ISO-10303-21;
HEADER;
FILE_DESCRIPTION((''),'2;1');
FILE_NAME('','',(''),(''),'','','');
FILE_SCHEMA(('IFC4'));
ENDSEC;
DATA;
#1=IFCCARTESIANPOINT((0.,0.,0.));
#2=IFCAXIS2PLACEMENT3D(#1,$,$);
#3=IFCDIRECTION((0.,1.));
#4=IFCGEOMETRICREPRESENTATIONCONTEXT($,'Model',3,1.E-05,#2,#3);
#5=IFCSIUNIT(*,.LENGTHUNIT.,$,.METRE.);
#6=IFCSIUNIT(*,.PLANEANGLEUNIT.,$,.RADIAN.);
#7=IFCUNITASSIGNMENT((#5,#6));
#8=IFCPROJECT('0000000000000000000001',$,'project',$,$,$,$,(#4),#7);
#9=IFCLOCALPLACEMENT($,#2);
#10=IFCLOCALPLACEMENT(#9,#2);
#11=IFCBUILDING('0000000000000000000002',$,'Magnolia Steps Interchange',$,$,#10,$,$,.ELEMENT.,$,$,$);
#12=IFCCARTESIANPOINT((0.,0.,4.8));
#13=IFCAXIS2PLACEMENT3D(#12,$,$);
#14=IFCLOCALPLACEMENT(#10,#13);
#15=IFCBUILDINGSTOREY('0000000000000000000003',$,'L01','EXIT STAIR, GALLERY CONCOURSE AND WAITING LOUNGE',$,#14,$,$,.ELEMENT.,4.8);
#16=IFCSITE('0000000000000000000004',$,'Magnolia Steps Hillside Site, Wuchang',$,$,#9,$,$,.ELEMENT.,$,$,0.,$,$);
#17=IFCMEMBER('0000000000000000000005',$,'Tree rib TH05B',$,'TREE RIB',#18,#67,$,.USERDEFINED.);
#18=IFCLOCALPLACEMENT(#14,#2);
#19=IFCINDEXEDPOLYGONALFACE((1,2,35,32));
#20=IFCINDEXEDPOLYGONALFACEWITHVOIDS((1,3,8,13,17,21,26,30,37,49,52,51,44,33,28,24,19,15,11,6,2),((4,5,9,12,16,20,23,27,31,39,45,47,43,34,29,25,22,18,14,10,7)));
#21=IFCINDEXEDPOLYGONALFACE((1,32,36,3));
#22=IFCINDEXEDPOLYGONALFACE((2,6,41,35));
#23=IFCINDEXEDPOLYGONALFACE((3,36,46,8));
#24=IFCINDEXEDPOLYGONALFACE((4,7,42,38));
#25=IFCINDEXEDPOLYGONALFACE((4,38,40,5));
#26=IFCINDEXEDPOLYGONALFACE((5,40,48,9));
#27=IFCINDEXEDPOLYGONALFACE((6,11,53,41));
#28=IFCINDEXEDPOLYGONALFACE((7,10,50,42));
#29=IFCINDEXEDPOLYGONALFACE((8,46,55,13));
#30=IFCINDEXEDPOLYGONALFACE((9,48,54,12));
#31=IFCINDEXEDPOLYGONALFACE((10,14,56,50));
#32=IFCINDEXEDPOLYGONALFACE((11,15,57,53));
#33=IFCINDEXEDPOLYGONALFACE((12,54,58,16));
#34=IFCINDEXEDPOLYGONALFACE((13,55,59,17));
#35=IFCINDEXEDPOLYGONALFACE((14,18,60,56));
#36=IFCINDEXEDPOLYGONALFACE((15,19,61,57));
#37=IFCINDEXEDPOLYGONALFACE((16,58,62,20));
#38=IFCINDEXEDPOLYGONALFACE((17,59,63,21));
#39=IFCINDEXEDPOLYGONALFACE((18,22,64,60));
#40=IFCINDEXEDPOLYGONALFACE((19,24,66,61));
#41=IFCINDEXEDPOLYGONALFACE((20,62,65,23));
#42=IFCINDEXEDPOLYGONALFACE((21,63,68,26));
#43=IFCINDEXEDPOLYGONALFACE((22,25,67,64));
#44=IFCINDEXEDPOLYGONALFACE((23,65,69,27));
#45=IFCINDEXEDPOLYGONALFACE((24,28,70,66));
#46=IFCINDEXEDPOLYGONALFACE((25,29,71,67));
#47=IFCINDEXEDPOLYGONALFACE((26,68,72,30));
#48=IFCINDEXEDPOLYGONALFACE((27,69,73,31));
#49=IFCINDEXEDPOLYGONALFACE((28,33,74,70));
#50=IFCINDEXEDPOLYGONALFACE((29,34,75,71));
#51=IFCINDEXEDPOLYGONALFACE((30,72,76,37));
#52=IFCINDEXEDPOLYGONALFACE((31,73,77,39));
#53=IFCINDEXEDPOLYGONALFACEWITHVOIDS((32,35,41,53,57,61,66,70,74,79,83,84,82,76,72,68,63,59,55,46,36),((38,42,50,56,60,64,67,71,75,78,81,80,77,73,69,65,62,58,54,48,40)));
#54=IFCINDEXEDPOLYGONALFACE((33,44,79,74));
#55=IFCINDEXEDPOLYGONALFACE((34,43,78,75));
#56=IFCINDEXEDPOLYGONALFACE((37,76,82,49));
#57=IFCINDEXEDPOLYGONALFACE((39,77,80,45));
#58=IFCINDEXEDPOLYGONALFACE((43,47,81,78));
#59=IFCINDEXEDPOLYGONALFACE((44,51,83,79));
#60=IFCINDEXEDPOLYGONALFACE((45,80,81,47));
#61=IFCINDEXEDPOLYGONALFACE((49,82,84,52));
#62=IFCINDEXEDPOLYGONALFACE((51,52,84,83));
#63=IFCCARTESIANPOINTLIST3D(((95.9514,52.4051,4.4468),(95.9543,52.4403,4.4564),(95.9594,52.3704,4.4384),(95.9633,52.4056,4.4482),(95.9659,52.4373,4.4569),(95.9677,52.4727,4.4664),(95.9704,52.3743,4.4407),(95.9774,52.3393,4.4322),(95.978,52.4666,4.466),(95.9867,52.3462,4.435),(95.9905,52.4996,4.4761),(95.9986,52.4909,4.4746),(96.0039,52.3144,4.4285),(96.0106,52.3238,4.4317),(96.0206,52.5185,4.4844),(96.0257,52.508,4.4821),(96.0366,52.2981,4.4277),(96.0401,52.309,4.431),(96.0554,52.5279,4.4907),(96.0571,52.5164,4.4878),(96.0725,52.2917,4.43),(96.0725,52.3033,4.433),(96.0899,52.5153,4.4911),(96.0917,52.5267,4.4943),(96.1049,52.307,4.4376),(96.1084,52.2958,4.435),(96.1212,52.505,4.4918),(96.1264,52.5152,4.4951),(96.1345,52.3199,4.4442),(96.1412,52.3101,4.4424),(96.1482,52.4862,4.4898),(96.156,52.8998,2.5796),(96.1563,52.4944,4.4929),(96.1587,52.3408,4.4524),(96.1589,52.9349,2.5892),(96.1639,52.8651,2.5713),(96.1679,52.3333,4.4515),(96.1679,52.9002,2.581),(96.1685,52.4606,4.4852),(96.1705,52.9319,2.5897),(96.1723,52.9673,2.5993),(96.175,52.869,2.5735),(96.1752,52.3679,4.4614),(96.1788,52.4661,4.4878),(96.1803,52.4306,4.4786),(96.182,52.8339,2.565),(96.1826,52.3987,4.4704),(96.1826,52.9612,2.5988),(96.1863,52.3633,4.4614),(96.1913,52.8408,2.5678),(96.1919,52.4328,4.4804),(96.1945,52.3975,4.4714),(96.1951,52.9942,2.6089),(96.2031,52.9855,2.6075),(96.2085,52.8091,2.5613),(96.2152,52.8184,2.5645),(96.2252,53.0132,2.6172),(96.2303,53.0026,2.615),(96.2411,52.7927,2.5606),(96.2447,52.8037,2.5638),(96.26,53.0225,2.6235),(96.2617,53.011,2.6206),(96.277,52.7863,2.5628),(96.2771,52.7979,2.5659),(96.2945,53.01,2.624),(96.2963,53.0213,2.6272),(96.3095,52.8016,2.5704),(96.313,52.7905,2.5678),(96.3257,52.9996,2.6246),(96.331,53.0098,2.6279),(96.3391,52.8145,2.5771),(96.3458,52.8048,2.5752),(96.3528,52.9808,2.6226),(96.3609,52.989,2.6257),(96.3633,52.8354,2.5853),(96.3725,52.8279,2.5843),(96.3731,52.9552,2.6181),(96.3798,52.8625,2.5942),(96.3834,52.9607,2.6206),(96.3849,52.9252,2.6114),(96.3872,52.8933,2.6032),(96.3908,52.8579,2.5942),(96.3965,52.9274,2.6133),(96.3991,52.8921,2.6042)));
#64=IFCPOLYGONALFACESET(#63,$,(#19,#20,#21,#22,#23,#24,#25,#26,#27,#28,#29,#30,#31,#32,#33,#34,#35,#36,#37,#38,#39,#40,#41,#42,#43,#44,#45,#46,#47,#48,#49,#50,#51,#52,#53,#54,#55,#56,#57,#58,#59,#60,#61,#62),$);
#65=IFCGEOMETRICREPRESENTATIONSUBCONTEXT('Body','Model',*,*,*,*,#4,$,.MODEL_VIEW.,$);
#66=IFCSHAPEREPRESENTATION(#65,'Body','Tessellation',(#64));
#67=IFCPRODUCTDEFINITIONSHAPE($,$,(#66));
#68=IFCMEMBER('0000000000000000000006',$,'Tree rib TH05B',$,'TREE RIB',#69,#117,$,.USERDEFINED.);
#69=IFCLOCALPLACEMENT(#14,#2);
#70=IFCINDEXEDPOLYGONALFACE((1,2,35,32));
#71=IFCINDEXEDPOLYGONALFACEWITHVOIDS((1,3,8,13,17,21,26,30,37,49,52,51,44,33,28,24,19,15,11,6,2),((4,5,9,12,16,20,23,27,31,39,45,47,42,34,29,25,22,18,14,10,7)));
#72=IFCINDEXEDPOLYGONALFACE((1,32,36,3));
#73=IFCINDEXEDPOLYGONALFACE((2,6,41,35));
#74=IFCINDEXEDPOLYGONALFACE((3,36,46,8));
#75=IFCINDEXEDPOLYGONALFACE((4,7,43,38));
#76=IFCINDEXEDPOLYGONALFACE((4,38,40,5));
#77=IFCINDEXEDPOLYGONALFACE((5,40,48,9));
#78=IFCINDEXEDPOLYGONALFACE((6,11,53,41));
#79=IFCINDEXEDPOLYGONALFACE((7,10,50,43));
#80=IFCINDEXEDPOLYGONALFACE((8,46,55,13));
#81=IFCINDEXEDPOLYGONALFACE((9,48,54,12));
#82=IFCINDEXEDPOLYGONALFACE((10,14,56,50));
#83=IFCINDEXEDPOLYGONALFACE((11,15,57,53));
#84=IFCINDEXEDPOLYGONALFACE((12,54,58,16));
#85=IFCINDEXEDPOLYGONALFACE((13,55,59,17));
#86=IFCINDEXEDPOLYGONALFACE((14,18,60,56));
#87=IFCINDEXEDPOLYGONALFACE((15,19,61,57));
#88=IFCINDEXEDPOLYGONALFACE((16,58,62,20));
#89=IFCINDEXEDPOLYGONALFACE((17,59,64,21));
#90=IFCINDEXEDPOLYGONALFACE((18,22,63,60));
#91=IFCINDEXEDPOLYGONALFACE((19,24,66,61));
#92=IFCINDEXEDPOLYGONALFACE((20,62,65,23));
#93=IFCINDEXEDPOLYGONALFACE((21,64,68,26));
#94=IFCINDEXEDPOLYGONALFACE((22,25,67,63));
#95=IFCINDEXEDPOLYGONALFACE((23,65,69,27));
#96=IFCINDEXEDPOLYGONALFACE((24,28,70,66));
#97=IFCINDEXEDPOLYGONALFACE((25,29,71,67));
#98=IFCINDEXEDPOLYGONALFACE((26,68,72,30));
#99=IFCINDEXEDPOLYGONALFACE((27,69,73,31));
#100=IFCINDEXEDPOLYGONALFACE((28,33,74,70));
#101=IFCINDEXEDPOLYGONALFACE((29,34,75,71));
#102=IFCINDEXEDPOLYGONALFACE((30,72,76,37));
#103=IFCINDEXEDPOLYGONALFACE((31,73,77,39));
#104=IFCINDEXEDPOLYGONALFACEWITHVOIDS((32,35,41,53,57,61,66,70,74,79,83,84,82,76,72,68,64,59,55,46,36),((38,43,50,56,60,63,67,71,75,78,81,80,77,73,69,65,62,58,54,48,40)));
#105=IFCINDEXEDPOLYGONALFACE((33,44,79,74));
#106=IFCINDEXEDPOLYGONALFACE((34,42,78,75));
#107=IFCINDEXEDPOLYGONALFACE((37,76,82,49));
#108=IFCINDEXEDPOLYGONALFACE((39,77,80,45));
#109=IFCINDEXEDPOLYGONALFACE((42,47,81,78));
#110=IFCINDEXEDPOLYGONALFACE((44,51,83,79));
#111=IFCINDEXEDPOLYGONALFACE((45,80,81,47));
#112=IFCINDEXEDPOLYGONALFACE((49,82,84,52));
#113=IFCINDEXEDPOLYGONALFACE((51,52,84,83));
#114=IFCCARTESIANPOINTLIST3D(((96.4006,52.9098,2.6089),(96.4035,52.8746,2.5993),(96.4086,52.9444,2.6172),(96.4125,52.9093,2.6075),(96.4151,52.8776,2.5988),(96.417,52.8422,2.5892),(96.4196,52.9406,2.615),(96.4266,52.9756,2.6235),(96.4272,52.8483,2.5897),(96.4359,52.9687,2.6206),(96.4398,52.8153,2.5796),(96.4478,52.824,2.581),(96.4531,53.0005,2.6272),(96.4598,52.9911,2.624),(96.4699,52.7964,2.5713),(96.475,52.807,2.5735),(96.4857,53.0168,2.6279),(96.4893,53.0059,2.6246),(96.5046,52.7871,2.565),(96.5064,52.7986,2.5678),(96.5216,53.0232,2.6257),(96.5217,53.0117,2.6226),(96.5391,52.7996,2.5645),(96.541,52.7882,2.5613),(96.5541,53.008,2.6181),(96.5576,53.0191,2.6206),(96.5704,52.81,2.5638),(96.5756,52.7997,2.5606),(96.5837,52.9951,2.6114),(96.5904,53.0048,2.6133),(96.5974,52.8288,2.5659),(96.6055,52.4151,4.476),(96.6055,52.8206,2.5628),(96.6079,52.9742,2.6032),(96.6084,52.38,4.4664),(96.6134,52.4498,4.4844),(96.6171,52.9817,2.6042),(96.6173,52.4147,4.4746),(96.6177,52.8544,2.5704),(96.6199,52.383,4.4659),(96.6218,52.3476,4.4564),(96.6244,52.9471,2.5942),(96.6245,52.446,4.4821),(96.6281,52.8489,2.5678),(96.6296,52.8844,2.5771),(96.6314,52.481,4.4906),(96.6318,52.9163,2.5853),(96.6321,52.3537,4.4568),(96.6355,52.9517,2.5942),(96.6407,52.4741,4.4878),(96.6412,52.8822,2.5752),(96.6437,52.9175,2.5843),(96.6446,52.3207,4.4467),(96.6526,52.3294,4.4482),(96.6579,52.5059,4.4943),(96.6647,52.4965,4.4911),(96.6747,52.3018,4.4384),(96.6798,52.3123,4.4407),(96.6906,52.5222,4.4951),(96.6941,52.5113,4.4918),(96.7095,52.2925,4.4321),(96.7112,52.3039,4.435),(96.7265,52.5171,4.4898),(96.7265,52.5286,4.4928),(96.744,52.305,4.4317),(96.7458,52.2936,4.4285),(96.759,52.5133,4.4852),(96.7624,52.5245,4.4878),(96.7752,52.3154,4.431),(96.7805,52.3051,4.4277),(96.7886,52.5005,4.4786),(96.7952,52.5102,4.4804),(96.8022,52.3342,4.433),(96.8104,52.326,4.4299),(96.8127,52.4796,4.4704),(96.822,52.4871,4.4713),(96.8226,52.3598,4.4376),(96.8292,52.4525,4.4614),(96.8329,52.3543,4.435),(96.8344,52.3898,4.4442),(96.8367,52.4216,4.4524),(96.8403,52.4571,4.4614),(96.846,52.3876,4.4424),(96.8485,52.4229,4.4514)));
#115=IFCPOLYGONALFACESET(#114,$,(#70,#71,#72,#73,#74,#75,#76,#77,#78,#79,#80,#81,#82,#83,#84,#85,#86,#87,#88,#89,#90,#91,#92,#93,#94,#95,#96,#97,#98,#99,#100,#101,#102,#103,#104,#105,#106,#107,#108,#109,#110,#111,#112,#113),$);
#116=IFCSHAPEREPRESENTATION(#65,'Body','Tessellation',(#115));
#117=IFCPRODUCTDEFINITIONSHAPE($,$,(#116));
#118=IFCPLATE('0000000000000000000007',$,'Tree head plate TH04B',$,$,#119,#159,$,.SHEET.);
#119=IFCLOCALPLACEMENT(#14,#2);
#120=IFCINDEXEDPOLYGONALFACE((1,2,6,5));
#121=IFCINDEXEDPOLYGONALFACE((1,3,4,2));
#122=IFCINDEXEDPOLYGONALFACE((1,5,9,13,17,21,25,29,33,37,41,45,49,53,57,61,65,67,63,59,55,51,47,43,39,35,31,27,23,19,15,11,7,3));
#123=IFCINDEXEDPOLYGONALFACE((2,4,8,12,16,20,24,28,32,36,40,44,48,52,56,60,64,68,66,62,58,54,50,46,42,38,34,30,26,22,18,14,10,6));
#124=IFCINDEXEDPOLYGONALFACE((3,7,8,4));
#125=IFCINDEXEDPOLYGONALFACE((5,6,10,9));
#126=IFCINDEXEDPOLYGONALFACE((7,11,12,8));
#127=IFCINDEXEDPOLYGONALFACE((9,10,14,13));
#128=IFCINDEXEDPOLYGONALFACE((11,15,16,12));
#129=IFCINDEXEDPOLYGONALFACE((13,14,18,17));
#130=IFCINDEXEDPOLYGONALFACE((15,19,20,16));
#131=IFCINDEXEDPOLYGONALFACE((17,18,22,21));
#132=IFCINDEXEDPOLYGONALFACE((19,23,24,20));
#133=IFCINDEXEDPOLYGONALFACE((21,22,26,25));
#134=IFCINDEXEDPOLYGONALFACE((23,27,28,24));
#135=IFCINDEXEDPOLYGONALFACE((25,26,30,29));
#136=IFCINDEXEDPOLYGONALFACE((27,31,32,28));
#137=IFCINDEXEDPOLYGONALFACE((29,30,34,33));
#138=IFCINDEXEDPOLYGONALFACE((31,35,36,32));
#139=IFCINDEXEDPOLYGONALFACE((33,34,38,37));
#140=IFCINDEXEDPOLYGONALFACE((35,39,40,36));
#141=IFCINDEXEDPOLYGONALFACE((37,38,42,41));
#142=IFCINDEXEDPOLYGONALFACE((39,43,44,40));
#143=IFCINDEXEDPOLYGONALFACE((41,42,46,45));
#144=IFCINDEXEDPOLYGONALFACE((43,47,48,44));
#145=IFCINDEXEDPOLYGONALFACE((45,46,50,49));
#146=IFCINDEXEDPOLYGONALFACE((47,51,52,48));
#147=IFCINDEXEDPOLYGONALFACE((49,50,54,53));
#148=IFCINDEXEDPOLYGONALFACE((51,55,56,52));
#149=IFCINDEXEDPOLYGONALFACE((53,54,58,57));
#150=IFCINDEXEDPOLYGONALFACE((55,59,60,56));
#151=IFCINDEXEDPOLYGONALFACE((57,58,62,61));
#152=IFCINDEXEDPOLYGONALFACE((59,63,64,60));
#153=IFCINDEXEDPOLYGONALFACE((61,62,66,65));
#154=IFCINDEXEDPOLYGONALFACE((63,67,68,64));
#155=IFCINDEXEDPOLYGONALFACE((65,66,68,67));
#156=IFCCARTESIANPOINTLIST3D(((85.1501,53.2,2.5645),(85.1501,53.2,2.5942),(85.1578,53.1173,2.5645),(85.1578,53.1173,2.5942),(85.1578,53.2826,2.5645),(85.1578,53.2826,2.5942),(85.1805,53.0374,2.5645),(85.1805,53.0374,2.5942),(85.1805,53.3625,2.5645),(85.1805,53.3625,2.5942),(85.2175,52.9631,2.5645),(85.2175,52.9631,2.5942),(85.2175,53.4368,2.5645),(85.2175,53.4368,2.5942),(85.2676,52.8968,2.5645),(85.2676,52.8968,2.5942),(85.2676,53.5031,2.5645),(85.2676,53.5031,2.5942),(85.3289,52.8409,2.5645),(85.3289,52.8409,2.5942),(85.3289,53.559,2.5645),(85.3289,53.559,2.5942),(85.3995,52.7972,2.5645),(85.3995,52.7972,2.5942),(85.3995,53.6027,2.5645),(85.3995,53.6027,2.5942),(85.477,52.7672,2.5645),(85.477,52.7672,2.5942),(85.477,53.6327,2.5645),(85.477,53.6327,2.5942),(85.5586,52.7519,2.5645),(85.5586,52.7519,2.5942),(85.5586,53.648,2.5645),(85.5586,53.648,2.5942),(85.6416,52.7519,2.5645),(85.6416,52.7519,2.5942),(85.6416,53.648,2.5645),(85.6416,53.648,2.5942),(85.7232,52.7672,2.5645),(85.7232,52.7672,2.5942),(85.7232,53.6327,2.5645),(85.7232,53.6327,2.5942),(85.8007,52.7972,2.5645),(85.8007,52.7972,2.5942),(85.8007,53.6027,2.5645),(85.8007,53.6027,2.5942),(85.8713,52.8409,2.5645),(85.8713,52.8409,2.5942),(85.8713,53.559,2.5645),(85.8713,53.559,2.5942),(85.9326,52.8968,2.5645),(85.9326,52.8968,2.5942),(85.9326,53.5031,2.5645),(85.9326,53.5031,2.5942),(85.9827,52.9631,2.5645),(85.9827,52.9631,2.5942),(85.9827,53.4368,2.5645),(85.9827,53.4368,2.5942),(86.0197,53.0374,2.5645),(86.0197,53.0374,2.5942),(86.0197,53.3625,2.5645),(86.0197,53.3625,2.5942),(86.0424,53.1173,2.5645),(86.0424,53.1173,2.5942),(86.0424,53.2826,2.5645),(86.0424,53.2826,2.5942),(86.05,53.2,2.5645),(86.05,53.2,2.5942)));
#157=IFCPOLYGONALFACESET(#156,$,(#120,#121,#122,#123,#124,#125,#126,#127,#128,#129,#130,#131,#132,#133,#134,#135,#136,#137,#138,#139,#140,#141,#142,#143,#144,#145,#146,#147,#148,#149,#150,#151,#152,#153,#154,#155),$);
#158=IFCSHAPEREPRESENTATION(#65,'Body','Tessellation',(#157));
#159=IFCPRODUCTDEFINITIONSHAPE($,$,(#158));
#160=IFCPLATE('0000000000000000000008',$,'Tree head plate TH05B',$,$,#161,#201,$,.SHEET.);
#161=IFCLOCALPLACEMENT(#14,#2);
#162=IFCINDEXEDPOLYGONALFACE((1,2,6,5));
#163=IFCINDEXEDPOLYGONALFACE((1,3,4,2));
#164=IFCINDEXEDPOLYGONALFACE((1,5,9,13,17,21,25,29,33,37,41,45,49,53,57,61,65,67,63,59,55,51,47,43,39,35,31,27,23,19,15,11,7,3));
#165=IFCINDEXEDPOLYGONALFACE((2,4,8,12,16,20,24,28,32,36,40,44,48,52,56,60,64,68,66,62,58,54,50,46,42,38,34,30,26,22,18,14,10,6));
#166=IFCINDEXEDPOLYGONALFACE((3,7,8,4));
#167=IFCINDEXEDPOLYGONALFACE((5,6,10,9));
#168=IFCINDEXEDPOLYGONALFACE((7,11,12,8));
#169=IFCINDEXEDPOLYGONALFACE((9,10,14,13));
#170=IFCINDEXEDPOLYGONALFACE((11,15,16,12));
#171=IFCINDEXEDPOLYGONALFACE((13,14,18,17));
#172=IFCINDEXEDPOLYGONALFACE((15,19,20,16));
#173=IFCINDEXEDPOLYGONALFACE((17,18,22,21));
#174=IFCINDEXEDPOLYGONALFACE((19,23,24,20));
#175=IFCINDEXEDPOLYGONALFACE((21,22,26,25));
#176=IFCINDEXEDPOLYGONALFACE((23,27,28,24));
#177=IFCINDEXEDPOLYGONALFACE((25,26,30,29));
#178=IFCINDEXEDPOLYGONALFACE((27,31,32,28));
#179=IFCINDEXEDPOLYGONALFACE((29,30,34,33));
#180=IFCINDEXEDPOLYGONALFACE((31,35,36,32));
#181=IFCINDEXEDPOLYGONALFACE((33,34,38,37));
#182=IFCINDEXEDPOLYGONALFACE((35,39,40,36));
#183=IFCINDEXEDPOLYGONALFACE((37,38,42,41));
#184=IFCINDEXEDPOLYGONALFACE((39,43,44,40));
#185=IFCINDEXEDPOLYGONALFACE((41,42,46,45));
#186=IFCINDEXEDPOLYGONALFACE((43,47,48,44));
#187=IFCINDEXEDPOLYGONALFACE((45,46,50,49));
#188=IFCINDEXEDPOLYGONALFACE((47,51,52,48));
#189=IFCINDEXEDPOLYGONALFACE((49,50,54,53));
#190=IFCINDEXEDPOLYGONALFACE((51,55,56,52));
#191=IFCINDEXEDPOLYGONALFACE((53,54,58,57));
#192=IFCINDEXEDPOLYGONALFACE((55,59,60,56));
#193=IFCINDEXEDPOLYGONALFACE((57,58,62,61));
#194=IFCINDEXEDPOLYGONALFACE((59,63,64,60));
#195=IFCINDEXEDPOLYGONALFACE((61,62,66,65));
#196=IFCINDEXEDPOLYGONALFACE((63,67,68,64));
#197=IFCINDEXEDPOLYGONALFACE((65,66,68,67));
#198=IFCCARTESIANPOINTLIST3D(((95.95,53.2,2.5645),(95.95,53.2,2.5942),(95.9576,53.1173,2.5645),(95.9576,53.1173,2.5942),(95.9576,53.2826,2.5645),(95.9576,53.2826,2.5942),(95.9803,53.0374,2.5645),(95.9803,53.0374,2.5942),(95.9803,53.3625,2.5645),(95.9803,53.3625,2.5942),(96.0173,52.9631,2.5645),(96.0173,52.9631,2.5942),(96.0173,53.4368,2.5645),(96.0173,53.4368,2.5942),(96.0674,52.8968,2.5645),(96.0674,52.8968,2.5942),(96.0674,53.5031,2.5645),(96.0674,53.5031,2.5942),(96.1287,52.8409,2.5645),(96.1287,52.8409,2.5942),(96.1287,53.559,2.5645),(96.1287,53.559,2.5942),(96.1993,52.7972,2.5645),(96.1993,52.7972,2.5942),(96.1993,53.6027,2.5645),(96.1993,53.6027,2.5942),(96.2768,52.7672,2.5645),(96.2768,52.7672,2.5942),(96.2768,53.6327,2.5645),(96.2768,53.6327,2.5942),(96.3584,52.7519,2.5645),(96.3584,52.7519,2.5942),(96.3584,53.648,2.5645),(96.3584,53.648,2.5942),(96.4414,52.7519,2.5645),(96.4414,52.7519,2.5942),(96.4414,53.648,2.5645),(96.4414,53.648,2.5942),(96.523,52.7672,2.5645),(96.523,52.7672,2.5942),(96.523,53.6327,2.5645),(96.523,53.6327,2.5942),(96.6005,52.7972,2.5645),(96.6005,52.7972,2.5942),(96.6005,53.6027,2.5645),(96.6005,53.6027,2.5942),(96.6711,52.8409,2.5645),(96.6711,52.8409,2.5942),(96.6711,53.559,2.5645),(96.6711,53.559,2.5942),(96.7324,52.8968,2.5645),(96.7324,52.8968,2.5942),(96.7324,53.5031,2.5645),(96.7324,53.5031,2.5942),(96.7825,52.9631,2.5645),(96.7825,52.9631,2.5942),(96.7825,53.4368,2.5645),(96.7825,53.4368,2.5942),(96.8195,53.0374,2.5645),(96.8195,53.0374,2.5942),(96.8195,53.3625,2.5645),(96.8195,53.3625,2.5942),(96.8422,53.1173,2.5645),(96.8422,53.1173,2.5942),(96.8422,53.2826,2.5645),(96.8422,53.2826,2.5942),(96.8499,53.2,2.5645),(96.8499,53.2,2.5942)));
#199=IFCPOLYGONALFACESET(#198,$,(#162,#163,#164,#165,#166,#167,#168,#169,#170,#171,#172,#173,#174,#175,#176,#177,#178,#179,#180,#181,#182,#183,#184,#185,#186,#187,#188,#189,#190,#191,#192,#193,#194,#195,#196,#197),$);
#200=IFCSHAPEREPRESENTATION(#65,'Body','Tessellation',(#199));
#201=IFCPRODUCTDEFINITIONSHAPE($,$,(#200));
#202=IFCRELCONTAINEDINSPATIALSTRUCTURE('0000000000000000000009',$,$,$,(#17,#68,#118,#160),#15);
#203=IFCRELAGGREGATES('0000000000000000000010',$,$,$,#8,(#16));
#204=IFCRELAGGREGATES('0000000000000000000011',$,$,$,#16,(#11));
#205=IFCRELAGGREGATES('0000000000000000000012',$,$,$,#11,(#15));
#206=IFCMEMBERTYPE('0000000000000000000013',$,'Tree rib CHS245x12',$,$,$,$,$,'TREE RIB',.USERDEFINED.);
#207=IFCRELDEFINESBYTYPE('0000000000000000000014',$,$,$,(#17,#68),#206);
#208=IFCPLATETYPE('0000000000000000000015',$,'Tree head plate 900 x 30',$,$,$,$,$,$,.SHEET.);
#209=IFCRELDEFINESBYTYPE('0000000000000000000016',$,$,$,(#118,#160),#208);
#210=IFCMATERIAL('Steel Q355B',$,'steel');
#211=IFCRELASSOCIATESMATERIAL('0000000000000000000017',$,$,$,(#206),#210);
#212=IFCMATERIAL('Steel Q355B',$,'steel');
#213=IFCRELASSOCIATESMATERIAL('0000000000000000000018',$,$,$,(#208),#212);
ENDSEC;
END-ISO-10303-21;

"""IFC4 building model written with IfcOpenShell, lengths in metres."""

from ifc_helpers import new_model, si_unit, direction, frame, origin, origin_2d, place, context, subcontext, project, spatial, circle, hollow_circle, extrude, material, material_profile, profile_set, type_object, element, save


model = new_model("IFC4")

# Units and contexts
model_context = context("Model", 3, precision=1e-05, world=origin(), true_north=direction((0.0, 1.0)))
body_context = subcontext(model_context, "Body", "Model", "MODEL_VIEW")
ifc_project = project(units=[si_unit("LENGTHUNIT", "METRE"), si_unit("PLANEANGLEUNIT", "RADIAN")], contexts=[model_context])

# Site, building, storey
site_placement = place(None, origin())
site = spatial("IfcSite", under=ifc_project, at=site_placement, Name="Magnolia Steps Hillside Site, Wuchang", CompositionType="ELEMENT", RefElevation=0.0)
building_placement = place(site_placement, origin())
building = spatial("IfcBuilding", under=site, at=building_placement, Name="Magnolia Steps Interchange", CompositionType="ELEMENT")
storey_placement = place(building_placement, frame((0.0, 0.0, 4.8)))
storey = spatial("IfcBuildingStorey", under=building, at=storey_placement, Name="L01", Description="EXIT STAIR, GALLERY CONCOURSE AND WAITING LOUNGE", CompositionType="ELEMENT", Elevation=4.8)

# Members
ifc_material_1 = material(Name="Steel Q355B", Category="steel")
ifc_material_profile_1 = material_profile(ifc_material_1, hollow_circle(Radius=0.1226, WallThickness=0.012, at=origin_2d()), Name="CHS245x12")
ifc_profile_set_1 = profile_set([ifc_material_profile_1], Name="Steel Q355B")
member_type = type_object("IfcMemberType", Name="Tree rib CHS245x12", ElementType="TREE RIB", PredefinedType="USERDEFINED", material=ifc_profile_set_1)
for number, where, z_axis, x_axis, name in (
    (1, (96.2776, 52.9048, 2.5942), (-0.105329, -0.254649, 0.96128), (0.924072, -0.382218, 0.0), "Tree rib TH05B"),
    (2, (96.5222, 52.9048, 2.5942), (0.105453, -0.254645, 0.961268), (0.923911, 0.382607, 0.0), "Tree rib TH05B"),
):
    element("IfcMember", number, at=place(storey_placement, frame(where, z_axis=z_axis, x_axis=x_axis)), inside=storey, type_object=member_type, Name=name, ObjectType="TREE RIB", PredefinedType="USERDEFINED", context=body_context, shape_type="SweptSolid", body=[
        extrude(hollow_circle(Radius=0.1226, WallThickness=0.012, at=origin_2d()), origin(), (0.0, 0.0, 1.0), 1.9424),
    ])

# Plates
ifc_material_2 = material(Name="Steel Q355B", Category="steel")
ifc_material_profile_2 = material_profile(ifc_material_2, circle(Radius=0.45, at=origin_2d()), Name="Tree head plate 900 x 30")
ifc_profile_set_2 = profile_set([ifc_material_profile_2], Name="Steel Q355B")
plate_type = type_object("IfcPlateType", Name="Tree head plate 900 x 30", PredefinedType="SHEET", material=ifc_profile_set_2)
for number, where, z_axis, x_axis, name in (
    (3, (85.6001, 53.2, 2.5645), (0.0, 0.0, 1.0), (1.0, 0.0, 0.0), "Tree head plate TH04B"),
    (4, (96.3999, 53.2, 2.5645), (0.0, 0.0, 1.0), (1.0, 0.0, 0.0), "Tree head plate TH05B"),
):
    element("IfcPlate", number, at=place(storey_placement, frame(where, z_axis=z_axis, x_axis=x_axis)), inside=storey, type_object=plate_type, Name=name, PredefinedType="SHEET", context=body_context, shape_type="SweptSolid", body=[
        extrude(circle(Radius=0.45, at=origin_2d()), origin(), (0.0, 0.0, 1.0), 0.0298),
    ])

save(model, "model.ifc")
